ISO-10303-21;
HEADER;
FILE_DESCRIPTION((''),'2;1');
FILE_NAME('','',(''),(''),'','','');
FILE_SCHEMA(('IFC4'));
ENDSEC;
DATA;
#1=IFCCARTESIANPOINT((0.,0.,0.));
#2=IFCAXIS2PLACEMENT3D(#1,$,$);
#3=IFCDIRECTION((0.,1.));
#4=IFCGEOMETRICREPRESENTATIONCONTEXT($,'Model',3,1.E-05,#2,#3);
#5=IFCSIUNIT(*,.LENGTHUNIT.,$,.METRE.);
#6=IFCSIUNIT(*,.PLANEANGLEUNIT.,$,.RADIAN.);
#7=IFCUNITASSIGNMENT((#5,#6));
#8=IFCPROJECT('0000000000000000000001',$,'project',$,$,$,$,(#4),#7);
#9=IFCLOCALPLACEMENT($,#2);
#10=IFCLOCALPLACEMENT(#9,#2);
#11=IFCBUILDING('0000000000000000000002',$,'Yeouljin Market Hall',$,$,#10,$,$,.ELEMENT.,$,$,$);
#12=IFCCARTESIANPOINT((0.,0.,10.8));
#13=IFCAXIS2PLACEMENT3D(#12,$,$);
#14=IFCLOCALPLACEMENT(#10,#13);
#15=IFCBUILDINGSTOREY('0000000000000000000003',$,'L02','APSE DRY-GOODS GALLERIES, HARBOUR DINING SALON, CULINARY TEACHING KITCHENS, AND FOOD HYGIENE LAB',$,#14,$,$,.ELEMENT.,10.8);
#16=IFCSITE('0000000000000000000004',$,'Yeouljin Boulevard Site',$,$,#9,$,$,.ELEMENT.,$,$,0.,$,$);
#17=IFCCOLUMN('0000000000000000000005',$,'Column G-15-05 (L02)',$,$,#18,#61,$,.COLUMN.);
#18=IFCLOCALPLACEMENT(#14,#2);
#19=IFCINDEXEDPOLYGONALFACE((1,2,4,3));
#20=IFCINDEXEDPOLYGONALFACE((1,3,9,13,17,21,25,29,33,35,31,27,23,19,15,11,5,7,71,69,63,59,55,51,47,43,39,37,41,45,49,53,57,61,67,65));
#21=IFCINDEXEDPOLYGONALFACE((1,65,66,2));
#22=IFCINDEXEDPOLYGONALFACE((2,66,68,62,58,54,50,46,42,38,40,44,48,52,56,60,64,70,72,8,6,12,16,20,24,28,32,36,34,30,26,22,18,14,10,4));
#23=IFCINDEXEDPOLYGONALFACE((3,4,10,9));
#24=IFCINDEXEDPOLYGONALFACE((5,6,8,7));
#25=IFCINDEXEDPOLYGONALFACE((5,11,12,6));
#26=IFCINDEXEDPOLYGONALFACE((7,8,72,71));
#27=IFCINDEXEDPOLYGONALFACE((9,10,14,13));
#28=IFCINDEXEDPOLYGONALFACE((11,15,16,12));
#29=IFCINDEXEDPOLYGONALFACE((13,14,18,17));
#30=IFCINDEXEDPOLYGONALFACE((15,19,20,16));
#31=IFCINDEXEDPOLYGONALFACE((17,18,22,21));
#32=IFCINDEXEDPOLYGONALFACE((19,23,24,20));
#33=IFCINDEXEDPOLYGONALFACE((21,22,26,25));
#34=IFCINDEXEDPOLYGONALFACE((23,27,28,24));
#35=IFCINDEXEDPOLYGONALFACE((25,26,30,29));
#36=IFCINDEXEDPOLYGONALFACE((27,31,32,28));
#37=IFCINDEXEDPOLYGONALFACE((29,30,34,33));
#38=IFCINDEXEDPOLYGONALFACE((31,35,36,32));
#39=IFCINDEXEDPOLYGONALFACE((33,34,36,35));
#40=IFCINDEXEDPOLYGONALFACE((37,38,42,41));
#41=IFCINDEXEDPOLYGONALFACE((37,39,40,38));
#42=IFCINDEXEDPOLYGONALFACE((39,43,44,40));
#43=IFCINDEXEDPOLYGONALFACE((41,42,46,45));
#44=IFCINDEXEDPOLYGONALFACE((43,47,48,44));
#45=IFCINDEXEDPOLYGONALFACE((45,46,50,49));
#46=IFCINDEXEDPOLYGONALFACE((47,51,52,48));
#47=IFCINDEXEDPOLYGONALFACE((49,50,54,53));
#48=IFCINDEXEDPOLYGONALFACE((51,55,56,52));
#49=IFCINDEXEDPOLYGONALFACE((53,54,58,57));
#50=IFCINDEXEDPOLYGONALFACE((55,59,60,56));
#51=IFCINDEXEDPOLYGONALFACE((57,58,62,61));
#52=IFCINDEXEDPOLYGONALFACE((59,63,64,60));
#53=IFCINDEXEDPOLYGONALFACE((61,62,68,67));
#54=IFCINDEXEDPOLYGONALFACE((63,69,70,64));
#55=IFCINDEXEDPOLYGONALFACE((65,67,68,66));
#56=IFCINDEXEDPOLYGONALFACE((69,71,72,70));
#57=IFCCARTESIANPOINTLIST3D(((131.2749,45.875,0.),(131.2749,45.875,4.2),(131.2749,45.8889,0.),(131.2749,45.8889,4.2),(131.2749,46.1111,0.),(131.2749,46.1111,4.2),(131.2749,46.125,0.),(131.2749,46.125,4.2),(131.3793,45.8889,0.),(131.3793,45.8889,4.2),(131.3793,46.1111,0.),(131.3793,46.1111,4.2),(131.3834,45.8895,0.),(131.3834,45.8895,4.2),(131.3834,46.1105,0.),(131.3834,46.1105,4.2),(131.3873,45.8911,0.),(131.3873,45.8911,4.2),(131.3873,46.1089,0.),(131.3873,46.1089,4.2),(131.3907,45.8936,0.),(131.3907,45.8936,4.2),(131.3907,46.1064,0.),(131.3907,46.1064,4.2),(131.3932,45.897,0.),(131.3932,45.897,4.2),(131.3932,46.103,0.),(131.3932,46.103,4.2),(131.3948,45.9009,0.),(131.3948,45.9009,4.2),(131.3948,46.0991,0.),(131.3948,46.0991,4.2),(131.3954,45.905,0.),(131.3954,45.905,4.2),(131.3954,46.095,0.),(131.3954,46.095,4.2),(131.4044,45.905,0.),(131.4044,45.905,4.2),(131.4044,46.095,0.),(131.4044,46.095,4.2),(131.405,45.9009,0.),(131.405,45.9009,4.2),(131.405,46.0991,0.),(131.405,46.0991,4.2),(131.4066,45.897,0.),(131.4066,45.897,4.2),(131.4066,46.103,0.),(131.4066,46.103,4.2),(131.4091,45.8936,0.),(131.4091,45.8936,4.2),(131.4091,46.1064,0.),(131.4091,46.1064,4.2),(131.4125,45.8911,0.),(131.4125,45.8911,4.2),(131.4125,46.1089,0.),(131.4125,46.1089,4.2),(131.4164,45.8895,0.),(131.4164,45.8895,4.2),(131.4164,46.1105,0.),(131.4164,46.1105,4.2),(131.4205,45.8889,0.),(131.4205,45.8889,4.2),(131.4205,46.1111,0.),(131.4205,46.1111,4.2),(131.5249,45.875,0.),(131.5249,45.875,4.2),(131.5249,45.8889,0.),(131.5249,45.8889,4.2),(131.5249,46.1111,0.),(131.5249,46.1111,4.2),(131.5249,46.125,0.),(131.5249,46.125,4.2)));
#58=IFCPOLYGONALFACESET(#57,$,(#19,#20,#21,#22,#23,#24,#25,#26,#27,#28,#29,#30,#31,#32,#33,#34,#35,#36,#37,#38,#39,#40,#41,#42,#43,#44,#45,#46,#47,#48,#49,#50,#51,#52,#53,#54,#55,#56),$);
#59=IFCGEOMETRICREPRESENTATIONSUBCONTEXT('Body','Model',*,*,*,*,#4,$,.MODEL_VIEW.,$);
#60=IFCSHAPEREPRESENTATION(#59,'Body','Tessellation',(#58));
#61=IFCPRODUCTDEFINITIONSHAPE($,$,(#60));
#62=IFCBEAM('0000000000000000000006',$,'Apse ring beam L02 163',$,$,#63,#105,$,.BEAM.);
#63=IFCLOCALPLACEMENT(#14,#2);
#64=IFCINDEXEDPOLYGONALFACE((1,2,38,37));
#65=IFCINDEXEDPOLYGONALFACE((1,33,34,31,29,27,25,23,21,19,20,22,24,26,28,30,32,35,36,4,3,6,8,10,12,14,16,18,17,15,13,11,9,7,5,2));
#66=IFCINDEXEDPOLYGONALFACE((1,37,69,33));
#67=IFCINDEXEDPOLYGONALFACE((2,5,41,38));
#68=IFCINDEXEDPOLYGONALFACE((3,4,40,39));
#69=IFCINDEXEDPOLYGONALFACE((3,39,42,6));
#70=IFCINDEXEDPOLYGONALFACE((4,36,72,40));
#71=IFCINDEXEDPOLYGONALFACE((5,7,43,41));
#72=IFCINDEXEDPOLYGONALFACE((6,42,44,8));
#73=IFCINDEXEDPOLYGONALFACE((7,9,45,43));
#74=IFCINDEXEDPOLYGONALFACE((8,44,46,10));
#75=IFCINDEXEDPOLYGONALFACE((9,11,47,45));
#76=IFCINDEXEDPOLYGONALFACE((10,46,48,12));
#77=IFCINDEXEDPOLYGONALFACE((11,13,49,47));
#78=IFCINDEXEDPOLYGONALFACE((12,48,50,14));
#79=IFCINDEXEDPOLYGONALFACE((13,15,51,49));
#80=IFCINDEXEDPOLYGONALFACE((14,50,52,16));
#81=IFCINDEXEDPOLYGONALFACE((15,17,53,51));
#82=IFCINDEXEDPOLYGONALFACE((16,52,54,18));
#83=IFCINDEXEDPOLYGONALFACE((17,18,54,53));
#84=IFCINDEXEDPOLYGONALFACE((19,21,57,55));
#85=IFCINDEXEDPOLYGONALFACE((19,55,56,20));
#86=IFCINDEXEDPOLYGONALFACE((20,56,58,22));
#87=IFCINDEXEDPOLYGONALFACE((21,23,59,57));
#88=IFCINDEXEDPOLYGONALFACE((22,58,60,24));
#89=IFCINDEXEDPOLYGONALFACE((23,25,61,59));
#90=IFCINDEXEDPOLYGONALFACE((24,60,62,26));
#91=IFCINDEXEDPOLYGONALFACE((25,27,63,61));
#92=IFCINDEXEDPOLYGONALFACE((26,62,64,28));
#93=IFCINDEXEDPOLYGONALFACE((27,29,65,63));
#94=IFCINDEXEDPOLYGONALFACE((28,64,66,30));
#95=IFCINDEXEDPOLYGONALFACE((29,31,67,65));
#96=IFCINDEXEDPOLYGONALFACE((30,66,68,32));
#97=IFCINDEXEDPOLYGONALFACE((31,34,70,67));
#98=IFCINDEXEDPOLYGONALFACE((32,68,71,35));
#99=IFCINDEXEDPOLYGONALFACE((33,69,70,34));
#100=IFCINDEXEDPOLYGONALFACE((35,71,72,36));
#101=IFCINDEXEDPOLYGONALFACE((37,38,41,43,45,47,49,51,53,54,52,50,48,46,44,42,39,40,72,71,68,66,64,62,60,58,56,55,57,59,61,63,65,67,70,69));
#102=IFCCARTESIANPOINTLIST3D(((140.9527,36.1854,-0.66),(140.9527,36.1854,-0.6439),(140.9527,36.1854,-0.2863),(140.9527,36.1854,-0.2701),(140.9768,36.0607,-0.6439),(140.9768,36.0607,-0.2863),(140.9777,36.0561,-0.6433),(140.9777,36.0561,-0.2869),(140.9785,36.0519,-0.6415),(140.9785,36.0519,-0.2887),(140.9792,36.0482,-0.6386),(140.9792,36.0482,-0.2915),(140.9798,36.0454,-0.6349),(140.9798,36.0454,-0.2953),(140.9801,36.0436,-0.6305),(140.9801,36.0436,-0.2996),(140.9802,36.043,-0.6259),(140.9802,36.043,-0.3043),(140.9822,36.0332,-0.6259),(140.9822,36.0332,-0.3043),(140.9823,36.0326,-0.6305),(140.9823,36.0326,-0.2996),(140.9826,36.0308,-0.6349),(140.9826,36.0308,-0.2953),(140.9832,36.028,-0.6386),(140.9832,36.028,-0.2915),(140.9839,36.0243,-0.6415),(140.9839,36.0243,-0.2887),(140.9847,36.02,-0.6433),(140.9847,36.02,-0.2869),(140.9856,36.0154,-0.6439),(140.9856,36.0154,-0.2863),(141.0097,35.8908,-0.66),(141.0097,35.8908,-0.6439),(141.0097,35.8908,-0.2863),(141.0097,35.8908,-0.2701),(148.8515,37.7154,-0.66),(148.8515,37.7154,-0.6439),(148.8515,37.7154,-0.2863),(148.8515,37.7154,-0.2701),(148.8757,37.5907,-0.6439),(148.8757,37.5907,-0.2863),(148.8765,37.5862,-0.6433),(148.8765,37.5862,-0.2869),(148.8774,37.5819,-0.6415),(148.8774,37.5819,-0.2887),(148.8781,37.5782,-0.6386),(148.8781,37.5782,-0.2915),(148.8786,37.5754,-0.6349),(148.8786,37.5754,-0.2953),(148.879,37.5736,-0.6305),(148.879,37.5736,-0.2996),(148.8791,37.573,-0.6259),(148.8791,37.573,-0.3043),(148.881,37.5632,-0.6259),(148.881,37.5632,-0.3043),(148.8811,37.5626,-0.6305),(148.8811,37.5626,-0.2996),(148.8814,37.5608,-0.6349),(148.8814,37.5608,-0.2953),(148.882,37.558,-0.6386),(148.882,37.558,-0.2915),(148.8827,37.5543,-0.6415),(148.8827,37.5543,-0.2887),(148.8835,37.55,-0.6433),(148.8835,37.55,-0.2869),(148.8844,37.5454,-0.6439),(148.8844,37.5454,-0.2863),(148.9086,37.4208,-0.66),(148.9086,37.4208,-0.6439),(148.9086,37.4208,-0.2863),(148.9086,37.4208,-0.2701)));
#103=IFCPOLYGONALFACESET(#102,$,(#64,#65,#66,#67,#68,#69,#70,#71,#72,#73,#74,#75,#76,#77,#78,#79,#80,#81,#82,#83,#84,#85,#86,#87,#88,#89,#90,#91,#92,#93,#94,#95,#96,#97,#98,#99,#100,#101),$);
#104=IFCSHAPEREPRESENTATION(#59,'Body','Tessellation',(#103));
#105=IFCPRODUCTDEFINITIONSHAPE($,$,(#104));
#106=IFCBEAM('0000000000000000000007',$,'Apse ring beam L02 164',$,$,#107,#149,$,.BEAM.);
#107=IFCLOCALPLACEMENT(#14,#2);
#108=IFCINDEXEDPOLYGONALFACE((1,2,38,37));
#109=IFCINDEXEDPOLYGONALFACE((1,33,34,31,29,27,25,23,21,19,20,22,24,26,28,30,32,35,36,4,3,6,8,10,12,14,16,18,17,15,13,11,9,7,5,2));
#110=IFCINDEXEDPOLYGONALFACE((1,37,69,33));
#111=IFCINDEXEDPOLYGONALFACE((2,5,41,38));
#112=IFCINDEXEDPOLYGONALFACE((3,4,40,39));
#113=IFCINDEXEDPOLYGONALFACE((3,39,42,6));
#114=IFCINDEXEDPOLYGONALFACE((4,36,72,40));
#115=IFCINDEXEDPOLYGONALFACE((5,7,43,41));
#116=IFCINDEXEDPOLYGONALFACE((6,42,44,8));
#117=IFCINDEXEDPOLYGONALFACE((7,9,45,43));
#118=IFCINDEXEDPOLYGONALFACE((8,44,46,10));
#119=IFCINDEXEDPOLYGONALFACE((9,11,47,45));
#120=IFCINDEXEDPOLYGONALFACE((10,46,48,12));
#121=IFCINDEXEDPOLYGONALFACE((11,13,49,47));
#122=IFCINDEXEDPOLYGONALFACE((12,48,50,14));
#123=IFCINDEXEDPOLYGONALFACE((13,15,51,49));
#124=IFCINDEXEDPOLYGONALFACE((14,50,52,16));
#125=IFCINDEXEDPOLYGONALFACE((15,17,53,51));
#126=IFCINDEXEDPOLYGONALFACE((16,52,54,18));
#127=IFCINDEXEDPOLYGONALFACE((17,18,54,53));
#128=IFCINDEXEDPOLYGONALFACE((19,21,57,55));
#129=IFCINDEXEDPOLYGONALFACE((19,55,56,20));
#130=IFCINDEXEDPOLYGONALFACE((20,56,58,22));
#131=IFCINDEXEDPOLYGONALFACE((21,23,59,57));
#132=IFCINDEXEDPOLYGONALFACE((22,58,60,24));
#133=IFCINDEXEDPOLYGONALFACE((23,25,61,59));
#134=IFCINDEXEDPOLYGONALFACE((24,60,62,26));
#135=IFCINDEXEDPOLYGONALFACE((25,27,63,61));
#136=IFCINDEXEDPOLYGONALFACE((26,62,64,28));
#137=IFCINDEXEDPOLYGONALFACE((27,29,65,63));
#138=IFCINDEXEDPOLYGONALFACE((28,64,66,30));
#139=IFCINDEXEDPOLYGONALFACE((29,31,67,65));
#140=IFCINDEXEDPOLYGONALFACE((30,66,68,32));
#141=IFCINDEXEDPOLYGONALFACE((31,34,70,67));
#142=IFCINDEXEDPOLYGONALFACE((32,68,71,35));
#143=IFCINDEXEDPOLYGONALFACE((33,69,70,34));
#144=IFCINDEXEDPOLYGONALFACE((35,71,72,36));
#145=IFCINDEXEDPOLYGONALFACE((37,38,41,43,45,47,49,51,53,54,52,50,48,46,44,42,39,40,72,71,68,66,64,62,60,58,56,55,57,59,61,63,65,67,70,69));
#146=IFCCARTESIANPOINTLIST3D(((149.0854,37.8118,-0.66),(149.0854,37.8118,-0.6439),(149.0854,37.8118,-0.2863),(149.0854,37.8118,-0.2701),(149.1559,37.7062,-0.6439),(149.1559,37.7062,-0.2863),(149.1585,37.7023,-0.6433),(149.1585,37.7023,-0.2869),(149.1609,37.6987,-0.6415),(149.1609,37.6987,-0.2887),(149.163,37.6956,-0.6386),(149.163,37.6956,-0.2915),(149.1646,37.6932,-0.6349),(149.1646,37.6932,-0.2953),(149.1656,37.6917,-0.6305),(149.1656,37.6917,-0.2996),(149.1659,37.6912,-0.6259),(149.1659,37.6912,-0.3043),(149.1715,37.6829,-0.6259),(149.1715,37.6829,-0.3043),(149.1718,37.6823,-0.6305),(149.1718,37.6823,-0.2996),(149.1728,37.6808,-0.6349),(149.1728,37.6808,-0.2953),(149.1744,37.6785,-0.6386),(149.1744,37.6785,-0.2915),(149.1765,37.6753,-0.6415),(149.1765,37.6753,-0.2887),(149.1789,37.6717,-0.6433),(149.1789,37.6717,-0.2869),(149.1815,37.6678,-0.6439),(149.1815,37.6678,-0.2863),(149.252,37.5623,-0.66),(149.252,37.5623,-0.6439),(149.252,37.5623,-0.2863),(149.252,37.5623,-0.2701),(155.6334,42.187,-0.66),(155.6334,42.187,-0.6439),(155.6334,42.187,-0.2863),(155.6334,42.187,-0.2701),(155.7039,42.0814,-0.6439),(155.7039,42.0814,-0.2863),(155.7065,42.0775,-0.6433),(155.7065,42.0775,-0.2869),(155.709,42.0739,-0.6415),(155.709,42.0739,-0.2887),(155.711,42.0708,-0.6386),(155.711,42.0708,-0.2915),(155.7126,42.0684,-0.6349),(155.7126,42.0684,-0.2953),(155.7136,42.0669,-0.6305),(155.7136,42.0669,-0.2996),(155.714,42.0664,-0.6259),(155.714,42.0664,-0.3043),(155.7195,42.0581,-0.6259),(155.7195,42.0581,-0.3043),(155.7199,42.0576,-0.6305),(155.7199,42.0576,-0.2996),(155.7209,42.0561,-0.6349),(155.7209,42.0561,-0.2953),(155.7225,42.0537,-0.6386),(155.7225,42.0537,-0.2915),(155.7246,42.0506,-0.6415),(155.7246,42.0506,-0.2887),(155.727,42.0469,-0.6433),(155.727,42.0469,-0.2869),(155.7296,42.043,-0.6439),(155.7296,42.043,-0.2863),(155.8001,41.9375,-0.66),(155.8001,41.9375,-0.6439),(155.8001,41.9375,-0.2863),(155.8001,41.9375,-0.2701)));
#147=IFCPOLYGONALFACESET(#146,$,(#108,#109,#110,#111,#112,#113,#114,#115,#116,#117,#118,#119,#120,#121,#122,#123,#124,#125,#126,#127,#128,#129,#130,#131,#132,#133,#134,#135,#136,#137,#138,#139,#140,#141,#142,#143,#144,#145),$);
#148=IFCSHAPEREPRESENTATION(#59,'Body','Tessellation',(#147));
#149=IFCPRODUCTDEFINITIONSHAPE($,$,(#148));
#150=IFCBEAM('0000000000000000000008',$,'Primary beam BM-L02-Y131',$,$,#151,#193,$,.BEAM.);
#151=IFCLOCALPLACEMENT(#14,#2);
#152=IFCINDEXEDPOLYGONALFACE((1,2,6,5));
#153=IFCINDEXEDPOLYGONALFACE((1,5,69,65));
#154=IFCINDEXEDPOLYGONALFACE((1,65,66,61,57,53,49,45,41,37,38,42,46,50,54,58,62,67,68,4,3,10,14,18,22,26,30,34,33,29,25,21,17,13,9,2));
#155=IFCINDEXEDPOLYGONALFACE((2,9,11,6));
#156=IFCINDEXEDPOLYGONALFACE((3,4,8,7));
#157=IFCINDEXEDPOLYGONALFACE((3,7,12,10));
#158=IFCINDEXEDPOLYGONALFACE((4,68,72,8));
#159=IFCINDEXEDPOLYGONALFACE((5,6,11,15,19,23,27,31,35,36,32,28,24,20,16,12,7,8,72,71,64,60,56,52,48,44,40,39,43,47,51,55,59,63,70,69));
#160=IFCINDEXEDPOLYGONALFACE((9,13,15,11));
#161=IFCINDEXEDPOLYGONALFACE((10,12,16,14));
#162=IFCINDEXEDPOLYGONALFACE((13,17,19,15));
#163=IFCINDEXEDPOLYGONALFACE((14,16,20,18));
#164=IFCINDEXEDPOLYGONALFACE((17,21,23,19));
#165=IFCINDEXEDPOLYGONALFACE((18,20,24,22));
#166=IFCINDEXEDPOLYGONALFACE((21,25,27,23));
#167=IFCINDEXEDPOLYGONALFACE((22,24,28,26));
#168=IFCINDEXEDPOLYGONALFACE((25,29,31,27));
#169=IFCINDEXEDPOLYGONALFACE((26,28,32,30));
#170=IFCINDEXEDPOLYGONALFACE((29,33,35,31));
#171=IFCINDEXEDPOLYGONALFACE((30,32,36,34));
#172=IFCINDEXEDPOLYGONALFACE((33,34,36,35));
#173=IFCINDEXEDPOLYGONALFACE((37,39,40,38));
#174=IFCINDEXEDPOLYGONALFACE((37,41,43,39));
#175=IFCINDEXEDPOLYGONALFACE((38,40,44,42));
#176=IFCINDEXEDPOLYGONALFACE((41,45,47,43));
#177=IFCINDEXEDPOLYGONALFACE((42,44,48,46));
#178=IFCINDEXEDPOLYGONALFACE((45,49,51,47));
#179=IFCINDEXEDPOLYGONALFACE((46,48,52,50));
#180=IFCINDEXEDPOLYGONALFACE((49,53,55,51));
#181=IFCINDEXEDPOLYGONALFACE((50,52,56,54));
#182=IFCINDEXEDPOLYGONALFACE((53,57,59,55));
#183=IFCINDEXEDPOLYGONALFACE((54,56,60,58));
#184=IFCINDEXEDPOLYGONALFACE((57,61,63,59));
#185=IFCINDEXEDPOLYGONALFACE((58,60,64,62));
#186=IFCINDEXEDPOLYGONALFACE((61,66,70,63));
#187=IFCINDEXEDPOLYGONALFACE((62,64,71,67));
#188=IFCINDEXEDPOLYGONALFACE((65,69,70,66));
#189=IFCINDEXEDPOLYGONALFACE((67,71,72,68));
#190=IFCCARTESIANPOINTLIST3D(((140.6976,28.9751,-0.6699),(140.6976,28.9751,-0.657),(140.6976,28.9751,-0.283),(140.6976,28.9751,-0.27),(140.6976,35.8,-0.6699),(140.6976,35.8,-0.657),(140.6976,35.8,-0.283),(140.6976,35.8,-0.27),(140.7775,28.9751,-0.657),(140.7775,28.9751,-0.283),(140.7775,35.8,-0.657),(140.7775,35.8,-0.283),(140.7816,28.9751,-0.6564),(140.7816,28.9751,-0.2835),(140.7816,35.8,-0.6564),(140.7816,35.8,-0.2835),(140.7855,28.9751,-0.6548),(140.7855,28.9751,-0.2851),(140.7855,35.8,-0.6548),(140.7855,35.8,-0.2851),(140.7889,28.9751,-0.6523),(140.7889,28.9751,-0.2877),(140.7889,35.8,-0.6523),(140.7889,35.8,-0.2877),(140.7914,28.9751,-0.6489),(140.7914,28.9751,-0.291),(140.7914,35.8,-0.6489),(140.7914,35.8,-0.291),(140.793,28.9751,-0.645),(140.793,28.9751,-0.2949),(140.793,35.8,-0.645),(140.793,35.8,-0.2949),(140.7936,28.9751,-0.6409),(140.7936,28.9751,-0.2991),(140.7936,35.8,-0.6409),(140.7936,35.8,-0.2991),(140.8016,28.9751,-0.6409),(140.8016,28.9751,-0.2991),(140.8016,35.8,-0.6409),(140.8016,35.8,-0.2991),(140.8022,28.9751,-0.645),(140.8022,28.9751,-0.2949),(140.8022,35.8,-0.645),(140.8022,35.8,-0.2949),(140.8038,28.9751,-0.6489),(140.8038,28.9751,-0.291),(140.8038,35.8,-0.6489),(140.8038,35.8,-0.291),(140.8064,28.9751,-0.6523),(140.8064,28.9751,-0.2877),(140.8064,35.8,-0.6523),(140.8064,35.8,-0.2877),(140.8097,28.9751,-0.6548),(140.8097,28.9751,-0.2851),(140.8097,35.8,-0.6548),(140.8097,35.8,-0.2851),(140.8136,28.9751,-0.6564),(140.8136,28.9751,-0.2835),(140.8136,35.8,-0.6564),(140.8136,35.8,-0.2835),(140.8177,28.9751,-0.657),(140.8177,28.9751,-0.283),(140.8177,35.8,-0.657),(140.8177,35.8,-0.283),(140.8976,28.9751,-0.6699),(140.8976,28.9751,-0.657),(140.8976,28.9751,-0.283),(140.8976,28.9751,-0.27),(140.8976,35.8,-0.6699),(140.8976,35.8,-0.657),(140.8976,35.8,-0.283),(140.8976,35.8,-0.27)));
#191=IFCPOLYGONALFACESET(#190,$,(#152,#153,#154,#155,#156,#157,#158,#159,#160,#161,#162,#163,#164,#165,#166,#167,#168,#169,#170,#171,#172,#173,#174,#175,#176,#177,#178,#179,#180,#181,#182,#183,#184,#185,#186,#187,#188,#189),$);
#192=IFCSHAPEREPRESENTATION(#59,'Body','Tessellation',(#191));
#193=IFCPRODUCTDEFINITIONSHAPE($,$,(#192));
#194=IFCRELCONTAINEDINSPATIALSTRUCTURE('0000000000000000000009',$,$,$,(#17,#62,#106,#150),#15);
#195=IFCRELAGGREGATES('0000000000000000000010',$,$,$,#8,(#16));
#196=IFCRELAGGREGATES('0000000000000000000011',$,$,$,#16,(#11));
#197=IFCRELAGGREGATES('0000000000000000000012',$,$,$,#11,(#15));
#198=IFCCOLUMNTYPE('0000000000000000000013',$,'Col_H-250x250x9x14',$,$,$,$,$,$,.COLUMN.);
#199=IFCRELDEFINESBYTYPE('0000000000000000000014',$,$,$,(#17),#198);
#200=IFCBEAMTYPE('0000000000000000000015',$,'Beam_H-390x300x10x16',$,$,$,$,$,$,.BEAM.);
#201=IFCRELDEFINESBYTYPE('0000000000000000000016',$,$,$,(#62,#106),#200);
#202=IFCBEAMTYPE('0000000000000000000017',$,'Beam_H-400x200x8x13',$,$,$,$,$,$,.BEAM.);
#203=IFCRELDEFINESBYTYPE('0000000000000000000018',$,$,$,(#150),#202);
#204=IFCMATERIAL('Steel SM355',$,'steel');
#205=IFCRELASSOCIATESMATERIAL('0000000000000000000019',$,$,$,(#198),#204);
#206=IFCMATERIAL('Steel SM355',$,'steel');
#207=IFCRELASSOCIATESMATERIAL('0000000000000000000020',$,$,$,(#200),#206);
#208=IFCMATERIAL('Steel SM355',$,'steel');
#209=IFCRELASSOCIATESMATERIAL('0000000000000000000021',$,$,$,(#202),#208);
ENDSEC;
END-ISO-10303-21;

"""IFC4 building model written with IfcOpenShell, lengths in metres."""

from ifc_helpers import new_model, si_unit, direction, frame, origin, origin_2d, place, context, subcontext, project, spatial, i_section, extrude, material, material_profile, profile_set, type_object, element, save


model = new_model("IFC4")

# Units and contexts
model_context = context("Model", 3, precision=1e-05, world=origin(), true_north=direction((0.0, 1.0)))
body_context = subcontext(model_context, "Body", "Model", "MODEL_VIEW")
ifc_project = project(units=[si_unit("LENGTHUNIT", "METRE"), si_unit("PLANEANGLEUNIT", "RADIAN")], contexts=[model_context])

# Site, building, storey
site_placement = place(None, origin())
site = spatial("IfcSite", under=ifc_project, at=site_placement, Name="Yeouljin Boulevard Site", CompositionType="ELEMENT", RefElevation=0.0)
building_placement = place(site_placement, origin())
building = spatial("IfcBuilding", under=site, at=building_placement, Name="Yeouljin Market Hall", CompositionType="ELEMENT")
storey_placement = place(building_placement, frame((0.0, 0.0, 10.8)))
storey = spatial("IfcBuildingStorey", under=building, at=storey_placement, Name="L02", Description="APSE DRY-GOODS GALLERIES, HARBOUR DINING SALON, CULINARY TEACHING KITCHENS, AND FOOD HYGIENE LAB", CompositionType="ELEMENT", Elevation=10.8)

# Column
ifc_material_1 = material(Name="Steel SM355", Category="steel")
ifc_material_profile_1 = material_profile(ifc_material_1, i_section(OverallWidth=0.25, OverallDepth=0.25, WebThickness=0.009, FlangeThickness=0.0139, FilletRadius=0.0161, at=origin_2d()), Name="H-250x250x9x14")
ifc_profile_set_1 = profile_set([ifc_material_profile_1], Name="Steel SM355")
column_type = type_object("IfcColumnType", Name="Col_H-250x250x9x14", PredefinedType="COLUMN", material=ifc_profile_set_1)
column_placement = place(storey_placement, frame((131.3999, 46.0, 0.0), z_axis=(0.0, 0.0, 1.0), x_axis=(1.0, 0.0, 0.0)))
element("IfcColumn", 1, at=column_placement, inside=storey, type_object=column_type, Name="Column G-15-05 (L02)", PredefinedType="COLUMN", context=body_context, shape_type="SweptSolid", body=[
    extrude(i_section(OverallWidth=0.25, OverallDepth=0.25, WebThickness=0.009, FlangeThickness=0.0139, FilletRadius=0.0161, at=origin_2d()), origin(), (0.0, 0.0, 1.0), 4.2),
])

# Beams
ifc_material_2 = material(Name="Steel SM355", Category="steel")
ifc_material_profile_2 = material_profile(ifc_material_2, i_section(OverallWidth=0.3, OverallDepth=0.3899, WebThickness=0.01, FlangeThickness=0.0161, FilletRadius=0.0181, at=origin_2d()), Name="H-390x300x10x16")
ifc_profile_set_2 = profile_set([ifc_material_profile_2], Name="Steel SM355")
beam_type_1 = type_object("IfcBeamType", Name="Beam_H-390x300x10x16", PredefinedType="BEAM", material=ifc_profile_set_2)
beam_1_placement = place(storey_placement, frame((140.9812, 36.0381, -0.4651), z_axis=(0.981752, 0.190166, 0.0), x_axis=(-0.190166, 0.981752, 0.0)))
element("IfcBeam", 2, at=beam_1_placement, inside=storey, type_object=beam_type_1, Name="Apse ring beam L02 163", PredefinedType="BEAM", context=body_context, shape_type="SweptSolid", body=[
    extrude(i_section(OverallWidth=0.3, OverallDepth=0.3899, WebThickness=0.01, FlangeThickness=0.0161, FilletRadius=0.0181, at=origin_2d()), origin(), (0.0, 0.0, 1.0), 8.0457),
])
beam_2_placement = place(storey_placement, frame((149.1687, 37.687, -0.4651), z_axis=(0.831473, 0.555566, 0.0), x_axis=(-0.555566, 0.831473, 0.0)))
element("IfcBeam", 3, at=beam_2_placement, inside=storey, type_object=beam_type_1, Name="Apse ring beam L02 164", PredefinedType="BEAM", context=body_context, shape_type="SweptSolid", body=[
    extrude(i_section(OverallWidth=0.3, OverallDepth=0.3899, WebThickness=0.01, FlangeThickness=0.0161, FilletRadius=0.0181, at=origin_2d()), origin(), (0.0, 0.0, 1.0), 7.8752),
])
ifc_material_3 = material(Name="Steel SM355", Category="steel")
ifc_material_profile_3 = material_profile(ifc_material_3, i_section(OverallWidth=0.2, OverallDepth=0.3999, WebThickness=0.0081, FlangeThickness=0.0129, FilletRadius=0.0161, at=origin_2d()), Name="H-400x200x8x13")
ifc_profile_set_3 = profile_set([ifc_material_profile_3], Name="Steel SM355")
beam_type_2 = type_object("IfcBeamType", Name="Beam_H-400x200x8x13", PredefinedType="BEAM", material=ifc_profile_set_3)
beam_3_placement = place(storey_placement, frame((140.7976, 28.9751, -0.47), z_axis=(0.0, 1.0, 0.0), x_axis=(-1.0, 0.0, 0.0)))
element("IfcBeam", 4, at=beam_3_placement, inside=storey, type_object=beam_type_2, Name="Primary beam BM-L02-Y131", PredefinedType="BEAM", context=body_context, shape_type="SweptSolid", body=[
    extrude(i_section(OverallWidth=0.2, OverallDepth=0.3999, WebThickness=0.0081, FlangeThickness=0.0129, FilletRadius=0.0161, at=origin_2d()), origin(), (0.0, 0.0, 1.0), 6.825),
])

save(model, "model.ifc")
